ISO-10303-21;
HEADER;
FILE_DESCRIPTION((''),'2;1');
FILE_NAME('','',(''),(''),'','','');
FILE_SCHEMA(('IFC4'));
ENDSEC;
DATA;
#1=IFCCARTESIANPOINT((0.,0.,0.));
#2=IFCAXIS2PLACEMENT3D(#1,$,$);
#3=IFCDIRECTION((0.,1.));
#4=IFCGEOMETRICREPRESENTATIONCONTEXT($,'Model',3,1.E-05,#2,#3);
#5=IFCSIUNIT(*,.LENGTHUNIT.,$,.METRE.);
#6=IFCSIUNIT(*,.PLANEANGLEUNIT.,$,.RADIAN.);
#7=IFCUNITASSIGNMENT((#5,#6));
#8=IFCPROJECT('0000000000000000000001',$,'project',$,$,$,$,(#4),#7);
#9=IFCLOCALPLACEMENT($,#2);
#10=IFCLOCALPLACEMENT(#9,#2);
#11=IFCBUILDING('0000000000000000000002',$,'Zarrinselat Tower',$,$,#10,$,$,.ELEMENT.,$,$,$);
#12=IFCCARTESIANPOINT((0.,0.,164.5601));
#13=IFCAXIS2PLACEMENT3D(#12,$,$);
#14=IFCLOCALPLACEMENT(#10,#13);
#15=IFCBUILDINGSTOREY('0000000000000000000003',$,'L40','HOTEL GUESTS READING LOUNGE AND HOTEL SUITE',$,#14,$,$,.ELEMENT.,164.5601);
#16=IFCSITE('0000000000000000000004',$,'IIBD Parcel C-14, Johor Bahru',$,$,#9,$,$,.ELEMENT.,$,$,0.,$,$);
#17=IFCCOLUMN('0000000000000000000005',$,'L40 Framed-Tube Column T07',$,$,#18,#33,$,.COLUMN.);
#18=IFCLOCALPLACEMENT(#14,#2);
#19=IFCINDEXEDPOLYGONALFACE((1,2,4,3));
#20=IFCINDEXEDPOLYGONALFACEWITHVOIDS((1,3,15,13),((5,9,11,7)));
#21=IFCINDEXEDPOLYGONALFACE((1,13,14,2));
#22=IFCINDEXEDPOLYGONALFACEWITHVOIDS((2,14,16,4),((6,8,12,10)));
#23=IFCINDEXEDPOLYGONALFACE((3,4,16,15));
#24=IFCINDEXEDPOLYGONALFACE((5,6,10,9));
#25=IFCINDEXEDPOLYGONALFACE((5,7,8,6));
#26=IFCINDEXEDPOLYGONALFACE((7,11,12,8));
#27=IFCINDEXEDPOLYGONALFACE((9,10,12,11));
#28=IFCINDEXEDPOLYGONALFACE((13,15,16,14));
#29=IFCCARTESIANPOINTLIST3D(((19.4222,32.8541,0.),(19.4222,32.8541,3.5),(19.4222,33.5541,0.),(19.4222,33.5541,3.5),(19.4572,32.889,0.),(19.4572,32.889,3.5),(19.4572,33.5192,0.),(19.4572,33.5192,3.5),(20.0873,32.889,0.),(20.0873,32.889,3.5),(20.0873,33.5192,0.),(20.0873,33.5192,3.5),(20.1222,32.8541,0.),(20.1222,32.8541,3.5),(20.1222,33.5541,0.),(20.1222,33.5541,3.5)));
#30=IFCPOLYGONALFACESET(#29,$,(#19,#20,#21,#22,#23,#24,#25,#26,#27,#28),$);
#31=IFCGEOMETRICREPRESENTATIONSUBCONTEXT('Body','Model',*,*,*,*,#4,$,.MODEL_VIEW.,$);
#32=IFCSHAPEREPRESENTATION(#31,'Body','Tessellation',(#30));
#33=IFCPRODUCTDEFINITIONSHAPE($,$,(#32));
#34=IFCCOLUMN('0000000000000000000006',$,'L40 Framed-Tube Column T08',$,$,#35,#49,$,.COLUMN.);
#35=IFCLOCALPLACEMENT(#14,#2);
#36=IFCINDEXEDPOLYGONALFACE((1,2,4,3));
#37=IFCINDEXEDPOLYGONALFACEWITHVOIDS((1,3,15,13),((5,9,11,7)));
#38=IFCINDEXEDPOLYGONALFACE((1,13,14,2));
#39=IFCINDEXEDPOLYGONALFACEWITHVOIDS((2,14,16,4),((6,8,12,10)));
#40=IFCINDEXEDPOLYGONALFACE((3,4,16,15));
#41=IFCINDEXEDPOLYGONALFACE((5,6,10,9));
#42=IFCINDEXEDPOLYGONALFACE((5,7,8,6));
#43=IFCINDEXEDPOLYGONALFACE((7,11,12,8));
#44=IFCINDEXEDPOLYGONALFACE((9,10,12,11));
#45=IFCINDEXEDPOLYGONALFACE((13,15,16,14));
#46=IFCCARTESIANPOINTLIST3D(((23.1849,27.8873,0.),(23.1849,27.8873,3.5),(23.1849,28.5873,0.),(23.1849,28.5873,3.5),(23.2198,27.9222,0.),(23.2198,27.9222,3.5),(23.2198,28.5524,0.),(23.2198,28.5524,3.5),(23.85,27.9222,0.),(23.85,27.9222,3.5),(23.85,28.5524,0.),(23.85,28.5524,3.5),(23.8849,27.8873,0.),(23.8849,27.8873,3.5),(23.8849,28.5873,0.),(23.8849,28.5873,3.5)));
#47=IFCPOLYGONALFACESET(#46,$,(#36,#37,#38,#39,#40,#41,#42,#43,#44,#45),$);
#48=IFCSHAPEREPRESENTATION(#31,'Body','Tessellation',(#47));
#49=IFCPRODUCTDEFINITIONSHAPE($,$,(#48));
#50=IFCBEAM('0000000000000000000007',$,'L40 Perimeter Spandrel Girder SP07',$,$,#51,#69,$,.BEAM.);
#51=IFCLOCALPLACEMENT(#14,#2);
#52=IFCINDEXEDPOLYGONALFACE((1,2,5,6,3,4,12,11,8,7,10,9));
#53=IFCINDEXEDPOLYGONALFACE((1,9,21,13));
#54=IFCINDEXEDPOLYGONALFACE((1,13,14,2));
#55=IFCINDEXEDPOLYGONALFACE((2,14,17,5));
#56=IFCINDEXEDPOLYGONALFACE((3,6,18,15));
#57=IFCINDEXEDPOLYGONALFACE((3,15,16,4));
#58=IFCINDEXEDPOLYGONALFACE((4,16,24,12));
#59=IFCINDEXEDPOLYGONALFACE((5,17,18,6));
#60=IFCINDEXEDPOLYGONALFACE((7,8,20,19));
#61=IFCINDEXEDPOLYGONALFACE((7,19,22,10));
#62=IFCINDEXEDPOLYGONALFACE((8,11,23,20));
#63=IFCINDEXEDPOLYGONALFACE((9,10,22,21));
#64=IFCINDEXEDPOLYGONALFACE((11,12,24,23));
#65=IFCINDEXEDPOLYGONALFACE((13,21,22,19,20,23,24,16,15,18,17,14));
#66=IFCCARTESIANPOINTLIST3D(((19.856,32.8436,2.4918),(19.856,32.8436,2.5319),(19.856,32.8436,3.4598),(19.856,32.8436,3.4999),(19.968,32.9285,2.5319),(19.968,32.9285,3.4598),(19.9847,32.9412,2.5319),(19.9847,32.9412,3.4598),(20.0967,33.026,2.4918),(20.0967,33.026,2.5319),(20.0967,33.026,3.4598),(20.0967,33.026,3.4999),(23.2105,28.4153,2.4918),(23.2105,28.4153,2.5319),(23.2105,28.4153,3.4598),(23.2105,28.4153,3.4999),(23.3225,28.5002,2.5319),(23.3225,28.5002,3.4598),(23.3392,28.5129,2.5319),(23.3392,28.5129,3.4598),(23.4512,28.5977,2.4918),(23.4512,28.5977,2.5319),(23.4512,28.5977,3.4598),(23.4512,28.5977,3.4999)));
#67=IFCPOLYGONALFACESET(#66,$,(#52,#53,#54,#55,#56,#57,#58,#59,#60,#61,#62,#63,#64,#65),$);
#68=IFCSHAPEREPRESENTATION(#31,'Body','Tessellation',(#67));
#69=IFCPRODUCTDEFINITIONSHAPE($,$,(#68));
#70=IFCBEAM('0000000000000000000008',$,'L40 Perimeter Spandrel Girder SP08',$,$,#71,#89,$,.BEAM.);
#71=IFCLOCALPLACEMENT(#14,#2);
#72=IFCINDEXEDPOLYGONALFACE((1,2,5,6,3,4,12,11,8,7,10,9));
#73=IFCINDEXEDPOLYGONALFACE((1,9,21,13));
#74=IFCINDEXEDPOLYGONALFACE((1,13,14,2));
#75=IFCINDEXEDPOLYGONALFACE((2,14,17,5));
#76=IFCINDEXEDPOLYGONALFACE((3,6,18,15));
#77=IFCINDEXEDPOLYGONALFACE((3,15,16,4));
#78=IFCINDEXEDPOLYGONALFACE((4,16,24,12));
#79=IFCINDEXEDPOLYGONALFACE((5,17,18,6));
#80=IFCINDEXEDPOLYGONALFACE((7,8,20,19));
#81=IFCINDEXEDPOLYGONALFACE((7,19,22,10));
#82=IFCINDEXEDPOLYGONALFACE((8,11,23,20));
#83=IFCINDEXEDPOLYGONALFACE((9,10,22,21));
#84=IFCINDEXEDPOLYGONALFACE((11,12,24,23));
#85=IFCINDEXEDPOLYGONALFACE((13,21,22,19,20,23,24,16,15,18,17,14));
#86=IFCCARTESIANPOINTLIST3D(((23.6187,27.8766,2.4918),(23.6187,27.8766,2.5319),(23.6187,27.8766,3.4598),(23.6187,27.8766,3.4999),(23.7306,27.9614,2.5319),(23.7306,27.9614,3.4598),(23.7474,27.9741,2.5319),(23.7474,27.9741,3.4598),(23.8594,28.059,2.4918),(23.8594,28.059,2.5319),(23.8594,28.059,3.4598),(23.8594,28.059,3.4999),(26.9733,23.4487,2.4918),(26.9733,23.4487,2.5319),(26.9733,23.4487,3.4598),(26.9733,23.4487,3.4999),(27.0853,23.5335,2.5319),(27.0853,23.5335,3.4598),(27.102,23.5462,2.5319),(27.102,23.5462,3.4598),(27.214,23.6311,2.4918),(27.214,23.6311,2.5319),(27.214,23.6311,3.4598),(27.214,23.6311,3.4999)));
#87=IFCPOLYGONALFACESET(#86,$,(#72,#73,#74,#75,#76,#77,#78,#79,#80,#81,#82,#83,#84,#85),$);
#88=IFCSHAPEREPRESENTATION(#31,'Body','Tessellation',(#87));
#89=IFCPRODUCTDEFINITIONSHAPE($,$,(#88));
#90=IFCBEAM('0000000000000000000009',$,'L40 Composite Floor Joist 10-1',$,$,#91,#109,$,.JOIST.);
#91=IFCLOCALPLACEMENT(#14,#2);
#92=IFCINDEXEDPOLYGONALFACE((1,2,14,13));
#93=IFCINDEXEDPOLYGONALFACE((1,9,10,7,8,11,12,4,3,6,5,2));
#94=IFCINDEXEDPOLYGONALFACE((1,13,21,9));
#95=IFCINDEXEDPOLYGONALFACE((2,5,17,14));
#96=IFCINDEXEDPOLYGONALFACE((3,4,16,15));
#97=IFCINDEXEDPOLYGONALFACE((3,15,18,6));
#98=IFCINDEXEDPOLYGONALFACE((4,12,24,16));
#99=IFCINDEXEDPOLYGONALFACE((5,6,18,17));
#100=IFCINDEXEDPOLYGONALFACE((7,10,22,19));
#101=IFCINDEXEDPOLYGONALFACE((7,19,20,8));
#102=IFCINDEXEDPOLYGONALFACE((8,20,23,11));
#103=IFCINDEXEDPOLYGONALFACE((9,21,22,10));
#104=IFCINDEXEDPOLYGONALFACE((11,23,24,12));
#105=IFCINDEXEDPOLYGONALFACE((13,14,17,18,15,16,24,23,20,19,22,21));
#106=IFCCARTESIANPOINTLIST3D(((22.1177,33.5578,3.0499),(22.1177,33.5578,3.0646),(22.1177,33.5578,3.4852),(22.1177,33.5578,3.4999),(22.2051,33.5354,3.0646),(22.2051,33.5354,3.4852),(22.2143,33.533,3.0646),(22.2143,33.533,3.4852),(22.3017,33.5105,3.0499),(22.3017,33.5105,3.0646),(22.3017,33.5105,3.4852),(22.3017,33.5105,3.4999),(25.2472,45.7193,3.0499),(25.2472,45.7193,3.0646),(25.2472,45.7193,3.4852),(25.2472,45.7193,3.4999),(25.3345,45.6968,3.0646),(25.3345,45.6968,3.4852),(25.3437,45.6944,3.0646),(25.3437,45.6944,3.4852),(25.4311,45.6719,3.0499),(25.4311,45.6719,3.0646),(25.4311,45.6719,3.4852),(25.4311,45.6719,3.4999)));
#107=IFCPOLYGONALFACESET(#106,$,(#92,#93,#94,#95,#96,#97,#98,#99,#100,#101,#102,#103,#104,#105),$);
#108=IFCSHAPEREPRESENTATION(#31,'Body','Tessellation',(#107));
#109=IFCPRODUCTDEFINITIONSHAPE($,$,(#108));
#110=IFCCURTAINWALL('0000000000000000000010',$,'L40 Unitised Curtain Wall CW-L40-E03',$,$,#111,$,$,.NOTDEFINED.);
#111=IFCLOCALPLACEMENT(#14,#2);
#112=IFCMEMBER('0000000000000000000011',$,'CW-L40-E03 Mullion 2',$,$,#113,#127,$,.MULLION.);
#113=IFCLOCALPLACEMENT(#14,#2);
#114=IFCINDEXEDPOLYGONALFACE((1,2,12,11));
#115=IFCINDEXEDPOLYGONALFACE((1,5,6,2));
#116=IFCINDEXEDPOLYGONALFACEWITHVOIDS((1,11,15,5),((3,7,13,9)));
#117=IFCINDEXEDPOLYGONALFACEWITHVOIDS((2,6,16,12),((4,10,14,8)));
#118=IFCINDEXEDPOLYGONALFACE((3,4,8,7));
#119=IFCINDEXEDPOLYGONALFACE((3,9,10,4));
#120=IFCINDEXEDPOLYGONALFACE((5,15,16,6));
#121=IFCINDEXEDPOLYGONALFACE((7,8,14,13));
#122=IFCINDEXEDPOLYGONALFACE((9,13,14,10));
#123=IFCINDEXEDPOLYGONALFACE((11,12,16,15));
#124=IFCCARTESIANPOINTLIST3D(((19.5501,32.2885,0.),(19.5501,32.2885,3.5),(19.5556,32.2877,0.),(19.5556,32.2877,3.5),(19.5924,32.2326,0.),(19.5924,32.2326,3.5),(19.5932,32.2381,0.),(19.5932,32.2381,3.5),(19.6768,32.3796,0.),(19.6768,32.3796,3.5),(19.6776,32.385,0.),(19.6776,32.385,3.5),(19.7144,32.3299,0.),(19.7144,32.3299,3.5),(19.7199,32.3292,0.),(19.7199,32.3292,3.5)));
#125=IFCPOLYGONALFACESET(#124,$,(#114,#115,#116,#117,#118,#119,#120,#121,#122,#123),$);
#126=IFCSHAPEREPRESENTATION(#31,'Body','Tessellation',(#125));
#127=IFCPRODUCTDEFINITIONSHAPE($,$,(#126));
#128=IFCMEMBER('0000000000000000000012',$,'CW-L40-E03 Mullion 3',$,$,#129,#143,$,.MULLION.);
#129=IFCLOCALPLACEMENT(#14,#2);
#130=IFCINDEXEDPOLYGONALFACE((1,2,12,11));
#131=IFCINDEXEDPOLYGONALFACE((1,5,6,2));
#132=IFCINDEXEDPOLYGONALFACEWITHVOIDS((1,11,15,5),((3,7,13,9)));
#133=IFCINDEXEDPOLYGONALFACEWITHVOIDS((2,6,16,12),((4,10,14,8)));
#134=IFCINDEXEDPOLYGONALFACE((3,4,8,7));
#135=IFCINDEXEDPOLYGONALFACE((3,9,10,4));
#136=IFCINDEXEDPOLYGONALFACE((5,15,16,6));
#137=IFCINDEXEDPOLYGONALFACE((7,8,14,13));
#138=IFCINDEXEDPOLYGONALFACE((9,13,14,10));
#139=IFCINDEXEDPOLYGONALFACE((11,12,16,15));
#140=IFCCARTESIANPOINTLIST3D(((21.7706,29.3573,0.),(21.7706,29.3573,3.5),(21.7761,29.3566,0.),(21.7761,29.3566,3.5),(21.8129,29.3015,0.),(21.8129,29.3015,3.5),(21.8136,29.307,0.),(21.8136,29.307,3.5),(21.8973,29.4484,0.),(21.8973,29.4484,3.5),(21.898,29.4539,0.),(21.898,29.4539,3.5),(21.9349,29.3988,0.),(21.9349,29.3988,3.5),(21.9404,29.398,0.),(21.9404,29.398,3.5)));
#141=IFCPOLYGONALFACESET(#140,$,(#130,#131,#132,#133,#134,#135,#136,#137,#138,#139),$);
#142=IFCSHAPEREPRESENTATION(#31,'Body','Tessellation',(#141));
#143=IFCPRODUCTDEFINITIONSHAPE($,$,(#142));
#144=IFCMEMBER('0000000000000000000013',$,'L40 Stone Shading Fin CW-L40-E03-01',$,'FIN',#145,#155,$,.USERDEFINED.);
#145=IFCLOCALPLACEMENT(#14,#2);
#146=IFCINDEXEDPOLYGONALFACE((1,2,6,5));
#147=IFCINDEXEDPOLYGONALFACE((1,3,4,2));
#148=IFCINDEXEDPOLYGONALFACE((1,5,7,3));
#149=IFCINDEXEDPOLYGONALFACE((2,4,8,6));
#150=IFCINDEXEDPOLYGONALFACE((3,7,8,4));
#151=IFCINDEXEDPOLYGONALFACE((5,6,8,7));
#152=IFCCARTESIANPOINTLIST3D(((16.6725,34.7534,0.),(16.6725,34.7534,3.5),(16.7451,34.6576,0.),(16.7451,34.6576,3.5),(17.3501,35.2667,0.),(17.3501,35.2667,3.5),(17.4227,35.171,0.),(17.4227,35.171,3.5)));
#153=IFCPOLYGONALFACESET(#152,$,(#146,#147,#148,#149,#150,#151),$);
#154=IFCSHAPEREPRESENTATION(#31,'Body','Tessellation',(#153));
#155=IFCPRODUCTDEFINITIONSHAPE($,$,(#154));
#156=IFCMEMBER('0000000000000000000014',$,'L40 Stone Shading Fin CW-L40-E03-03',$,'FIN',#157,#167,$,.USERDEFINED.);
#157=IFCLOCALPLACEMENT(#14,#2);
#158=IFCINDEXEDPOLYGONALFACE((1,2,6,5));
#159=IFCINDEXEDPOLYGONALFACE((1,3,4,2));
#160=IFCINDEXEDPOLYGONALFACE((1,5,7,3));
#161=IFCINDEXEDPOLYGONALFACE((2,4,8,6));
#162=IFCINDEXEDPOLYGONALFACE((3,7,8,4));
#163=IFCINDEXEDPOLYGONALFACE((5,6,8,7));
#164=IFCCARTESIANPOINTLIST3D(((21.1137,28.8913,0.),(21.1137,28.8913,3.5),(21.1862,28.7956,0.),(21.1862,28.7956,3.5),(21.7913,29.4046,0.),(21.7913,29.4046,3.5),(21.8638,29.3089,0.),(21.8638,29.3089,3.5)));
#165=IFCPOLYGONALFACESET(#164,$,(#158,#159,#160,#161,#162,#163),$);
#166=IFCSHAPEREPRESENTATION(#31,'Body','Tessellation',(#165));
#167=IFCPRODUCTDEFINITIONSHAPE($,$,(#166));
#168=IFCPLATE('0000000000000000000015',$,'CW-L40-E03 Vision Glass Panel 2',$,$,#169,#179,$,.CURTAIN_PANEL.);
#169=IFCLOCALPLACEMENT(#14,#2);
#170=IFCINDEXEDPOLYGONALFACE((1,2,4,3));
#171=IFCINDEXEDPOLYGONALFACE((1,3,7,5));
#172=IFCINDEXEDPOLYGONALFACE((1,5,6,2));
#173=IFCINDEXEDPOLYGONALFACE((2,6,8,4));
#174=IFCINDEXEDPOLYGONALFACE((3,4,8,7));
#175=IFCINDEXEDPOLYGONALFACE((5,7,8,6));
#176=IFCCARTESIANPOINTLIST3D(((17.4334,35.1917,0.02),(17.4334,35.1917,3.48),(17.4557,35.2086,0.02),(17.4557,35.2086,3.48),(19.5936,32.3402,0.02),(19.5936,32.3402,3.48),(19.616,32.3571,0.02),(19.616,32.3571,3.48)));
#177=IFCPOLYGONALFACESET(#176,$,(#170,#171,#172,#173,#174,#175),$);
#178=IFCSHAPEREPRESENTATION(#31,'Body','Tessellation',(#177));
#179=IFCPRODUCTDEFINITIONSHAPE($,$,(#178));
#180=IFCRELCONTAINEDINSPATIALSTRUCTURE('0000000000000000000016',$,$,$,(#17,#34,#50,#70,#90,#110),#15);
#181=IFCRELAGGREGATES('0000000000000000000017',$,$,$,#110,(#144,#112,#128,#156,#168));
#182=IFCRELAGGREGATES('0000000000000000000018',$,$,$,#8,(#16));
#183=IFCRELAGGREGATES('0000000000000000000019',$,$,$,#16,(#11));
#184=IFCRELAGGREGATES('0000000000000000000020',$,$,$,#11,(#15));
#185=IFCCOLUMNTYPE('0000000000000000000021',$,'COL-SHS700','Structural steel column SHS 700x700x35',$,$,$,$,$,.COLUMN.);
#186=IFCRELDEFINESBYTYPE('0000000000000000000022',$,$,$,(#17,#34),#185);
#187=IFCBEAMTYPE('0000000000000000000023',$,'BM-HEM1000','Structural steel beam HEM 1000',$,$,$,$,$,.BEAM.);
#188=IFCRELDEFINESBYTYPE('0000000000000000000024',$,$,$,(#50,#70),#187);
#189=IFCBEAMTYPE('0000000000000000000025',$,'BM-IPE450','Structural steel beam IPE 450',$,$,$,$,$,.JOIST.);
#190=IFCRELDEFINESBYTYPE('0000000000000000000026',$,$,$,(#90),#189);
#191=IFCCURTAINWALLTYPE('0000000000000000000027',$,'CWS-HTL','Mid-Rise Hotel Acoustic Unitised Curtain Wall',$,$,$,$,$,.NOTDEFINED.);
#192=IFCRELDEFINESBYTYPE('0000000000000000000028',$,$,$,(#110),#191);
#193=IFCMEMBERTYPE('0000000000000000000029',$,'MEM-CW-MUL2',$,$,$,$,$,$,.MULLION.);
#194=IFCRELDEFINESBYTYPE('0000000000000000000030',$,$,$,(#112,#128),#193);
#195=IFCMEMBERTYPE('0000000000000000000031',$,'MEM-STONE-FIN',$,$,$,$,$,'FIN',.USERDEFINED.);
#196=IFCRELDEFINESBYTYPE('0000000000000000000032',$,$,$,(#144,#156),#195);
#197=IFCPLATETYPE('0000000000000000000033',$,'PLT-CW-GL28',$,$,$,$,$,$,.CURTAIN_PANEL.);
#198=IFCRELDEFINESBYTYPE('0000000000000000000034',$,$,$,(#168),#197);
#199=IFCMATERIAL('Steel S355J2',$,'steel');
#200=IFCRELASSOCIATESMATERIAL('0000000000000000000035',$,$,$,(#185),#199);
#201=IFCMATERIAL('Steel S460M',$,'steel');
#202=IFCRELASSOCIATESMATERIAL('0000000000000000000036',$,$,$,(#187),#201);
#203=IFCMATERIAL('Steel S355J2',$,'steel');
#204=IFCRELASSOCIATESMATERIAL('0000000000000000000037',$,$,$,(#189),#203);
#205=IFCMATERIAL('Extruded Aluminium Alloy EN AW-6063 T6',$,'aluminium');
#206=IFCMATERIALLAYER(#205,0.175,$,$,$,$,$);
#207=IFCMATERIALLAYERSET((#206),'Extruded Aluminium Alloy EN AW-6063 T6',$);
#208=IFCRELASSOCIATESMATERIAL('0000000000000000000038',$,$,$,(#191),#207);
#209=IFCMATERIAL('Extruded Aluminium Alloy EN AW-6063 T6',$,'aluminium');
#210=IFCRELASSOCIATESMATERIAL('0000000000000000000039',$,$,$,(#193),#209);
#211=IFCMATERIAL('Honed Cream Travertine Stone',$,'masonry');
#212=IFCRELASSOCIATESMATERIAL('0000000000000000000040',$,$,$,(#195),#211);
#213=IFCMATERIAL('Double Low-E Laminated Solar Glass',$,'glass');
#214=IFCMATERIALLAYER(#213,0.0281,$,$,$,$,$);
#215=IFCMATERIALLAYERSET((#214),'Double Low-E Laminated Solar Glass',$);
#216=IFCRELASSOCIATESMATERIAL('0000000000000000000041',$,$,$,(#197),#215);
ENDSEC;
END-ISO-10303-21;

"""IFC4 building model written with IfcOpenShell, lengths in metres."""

from ifc_helpers import new_model, si_unit, direction, frame, origin, origin_2d, place, context, subcontext, project, spatial, rectangle, hollow_rectangle, i_section, extrude, material, layer, layer_set, material_profile, profile_set, type_object, element, aggregate, save


model = new_model("IFC4")

# Units and contexts
model_context = context("Model", 3, precision=1e-05, world=origin(), true_north=direction((0.0, 1.0)))
body_context = subcontext(model_context, "Body", "Model", "MODEL_VIEW")
ifc_project = project(units=[si_unit("LENGTHUNIT", "METRE"), si_unit("PLANEANGLEUNIT", "RADIAN")], contexts=[model_context])

# Site, building, storey
site_placement = place(None, origin())
site = spatial("IfcSite", under=ifc_project, at=site_placement, Name="IIBD Parcel C-14, Johor Bahru", CompositionType="ELEMENT", RefElevation=0.0)
building_placement = place(site_placement, origin())
building = spatial("IfcBuilding", under=site, at=building_placement, Name="Zarrinselat Tower", CompositionType="ELEMENT")
storey_placement = place(building_placement, frame((0.0, 0.0, 164.5601)))
storey = spatial("IfcBuildingStorey", under=building, at=storey_placement, Name="L40", Description="HOTEL GUESTS READING LOUNGE AND HOTEL SUITE", CompositionType="ELEMENT", Elevation=164.5601)

# Columns
ifc_material_1 = material(Name="Steel S355J2", Category="steel")
ifc_material_profile_1 = material_profile(ifc_material_1, hollow_rectangle(XDim=0.7, YDim=0.7, WallThickness=0.0349, at=origin_2d()), Name="SHS 700x700x35")
ifc_profile_set_1 = profile_set([ifc_material_profile_1], Name="Steel S355J2")
column_type = type_object("IfcColumnType", Name="COL-SHS700", Description="Structural steel column SHS 700x700x35", PredefinedType="COLUMN", material=ifc_profile_set_1)
for number, where, z_axis, x_axis, name in (
    (1, (19.7722, 33.2041, 0.0), (0.0, 0.0, 1.0), (1.0, 0.0, 0.0), "L40 Framed-Tube Column T07"),
    (2, (23.5349, 28.2373, 0.0), (0.0, 0.0, 1.0), (1.0, 0.0, 0.0), "L40 Framed-Tube Column T08"),
):
    element("IfcColumn", number, at=place(storey_placement, frame(where, z_axis=z_axis, x_axis=x_axis)), inside=storey, type_object=column_type, Name=name, PredefinedType="COLUMN", context=body_context, shape_type="SweptSolid", body=[
        extrude(hollow_rectangle(XDim=0.7, YDim=0.7, WallThickness=0.0349, at=origin_2d()), origin(), (0.0, 0.0, 1.0), 3.5),
    ])

# Beams
ifc_material_2 = material(Name="Steel S460M", Category="steel")
ifc_material_profile_2 = material_profile(ifc_material_2, i_section(OverallWidth=0.302, OverallDepth=1.0081, WebThickness=0.021, FlangeThickness=0.04, at=origin_2d()), Name="HEM 1000")
ifc_profile_set_2 = profile_set([ifc_material_profile_2], Name="Steel S460M")
beam_type_1 = type_object("IfcBeamType", Name="BM-HEM1000", Description="Structural steel beam HEM 1000", PredefinedType="BEAM", material=ifc_profile_set_2)
beam_1_placement = place(storey_placement, frame((19.9763, 32.9348, 2.9958), z_axis=(0.603832, -0.797111, 0.0), x_axis=(0.797111, 0.603832, 0.0)))
element("IfcBeam", 3, at=beam_1_placement, inside=storey, type_object=beam_type_1, Name="L40 Perimeter Spandrel Girder SP07", PredefinedType="BEAM", context=body_context, shape_type="SweptSolid", body=[
    extrude(i_section(OverallWidth=0.302, OverallDepth=1.0081, WebThickness=0.021, FlangeThickness=0.04, at=origin_2d()), origin(), (0.0, 0.0, 1.0), 5.5554),
])
beam_2_placement = place(storey_placement, frame((23.739, 27.9678, 2.9958), z_axis=(0.603881, -0.797074, 0.0), x_axis=(0.797074, 0.603881, 0.0)))
element("IfcBeam", 4, at=beam_2_placement, inside=storey, type_object=beam_type_1, Name="L40 Perimeter Spandrel Girder SP08", PredefinedType="BEAM", context=body_context, shape_type="SweptSolid", body=[
    extrude(i_section(OverallWidth=0.302, OverallDepth=1.0081, WebThickness=0.021, FlangeThickness=0.04, at=origin_2d()), origin(), (0.0, 0.0, 1.0), 5.5552),
])
ifc_material_3 = material(Name="Steel S355J2", Category="steel")
ifc_material_profile_3 = material_profile(ifc_material_3, i_section(OverallWidth=0.1899, OverallDepth=0.45, WebThickness=0.0095, FlangeThickness=0.0146, at=origin_2d()), Name="IPE 450")
ifc_profile_set_3 = profile_set([ifc_material_profile_3], Name="Steel S355J2")
beam_type_2 = type_object("IfcBeamType", Name="BM-IPE450", Description="Structural steel beam IPE 450", PredefinedType="JOIST", material=ifc_profile_set_3)
beam_3_placement = place(storey_placement, frame((22.2097, 33.5342, 3.2749), z_axis=(0.249204, 0.968451, 0.0), x_axis=(-0.968451, 0.249204, 0.0)))
element("IfcBeam", 5, at=beam_3_placement, inside=storey, type_object=beam_type_2, Name="L40 Composite Floor Joist 10-1", PredefinedType="JOIST", context=body_context, shape_type="SweptSolid", body=[
    extrude(i_section(OverallWidth=0.1899, OverallDepth=0.45, WebThickness=0.0095, FlangeThickness=0.0146, at=origin_2d()), origin(), (0.0, 0.0, 1.0), 12.5576),
])

# Curtain wall, members, plate
ifc_material_4 = material(Name="Extruded Aluminium Alloy EN AW-6063 T6", Category="aluminium")
ifc_layer_1 = layer(ifc_material_4, 0.175)
ifc_layer_set_1 = layer_set([ifc_layer_1], Name="Extruded Aluminium Alloy EN AW-6063 T6")
curtain_wall_type = type_object("IfcCurtainWallType", Name="CWS-HTL", Description="Mid-Rise Hotel Acoustic Unitised Curtain Wall", PredefinedType="NOTDEFINED", material=ifc_layer_set_1)
curtain_wall_placement = place(storey_placement, origin())
curtain_wall = element("IfcCurtainWall", 6, at=curtain_wall_placement, inside=storey, type_object=curtain_wall_type, Name="L40 Unitised Curtain Wall CW-L40-E03", PredefinedType="NOTDEFINED")
ifc_material_5 = material(Name="Extruded Aluminium Alloy EN AW-6063 T6", Category="aluminium")
ifc_material_profile_4 = material_profile(ifc_material_5, hollow_rectangle(XDim=0.0701, YDim=0.1599, WallThickness=0.0039, at=origin_2d()), Name="RHS 160x70x4")
ifc_profile_set_4 = profile_set([ifc_material_profile_4], Name="Extruded Aluminium Alloy EN AW-6063 T6")
member_type_1 = type_object("IfcMemberType", Name="MEM-CW-MUL2", PredefinedType="MULLION", material=ifc_profile_set_4)
member_1_placement = place(storey_placement, frame((19.635, 32.3088, 0.0), z_axis=(0.0, 0.0, 1.0), x_axis=(0.603858, -0.797092, 0.0)))
member_1 = element("IfcMember", 7, at=member_1_placement, type_object=member_type_1, Name="CW-L40-E03 Mullion 2", PredefinedType="MULLION", context=body_context, shape_type="SweptSolid", body=[
    extrude(hollow_rectangle(XDim=0.0701, YDim=0.1599, WallThickness=0.0039, at=origin_2d()), origin(), (0.0, 0.0, 1.0), 3.5),
])
member_2_placement = place(storey_placement, frame((21.8555, 29.3777, 0.0), z_axis=(0.0, 0.0, 1.0), x_axis=(0.603858, -0.797092, 0.0)))
member_2 = element("IfcMember", 8, at=member_2_placement, type_object=member_type_1, Name="CW-L40-E03 Mullion 3", PredefinedType="MULLION", context=body_context, shape_type="SweptSolid", body=[
    extrude(hollow_rectangle(XDim=0.0701, YDim=0.1599, WallThickness=0.0039, at=origin_2d()), origin(), (0.0, 0.0, 1.0), 3.5),
])
ifc_material_6 = material(Name="Honed Cream Travertine Stone", Category="masonry")
ifc_material_profile_5 = material_profile(ifc_material_6, rectangle(XDim=0.1201, YDim=0.8501, at=origin_2d()), Name="FIN 850x120")
ifc_profile_set_5 = profile_set([ifc_material_profile_5], Name="Honed Cream Travertine Stone")
member_type_2 = type_object("IfcMemberType", Name="MEM-STONE-FIN", ElementType="FIN", PredefinedType="USERDEFINED", material=ifc_profile_set_5)
member_3_placement = place(storey_placement, frame((17.0476, 34.9622, 0.0), z_axis=(0.0, 0.0, 1.0), x_axis=(-0.603858, 0.797092, 0.0)))
member_3 = element("IfcMember", 9, at=member_3_placement, type_object=member_type_2, Name="L40 Stone Shading Fin CW-L40-E03-01", ObjectType="FIN", PredefinedType="USERDEFINED", context=body_context, shape_type="SweptSolid", body=[
    extrude(rectangle(XDim=0.1201, YDim=0.8501, at=origin_2d()), origin(), (0.0, 0.0, 1.0), 3.5),
])
member_4_placement = place(storey_placement, frame((21.4888, 29.1001, 0.0), z_axis=(0.0, 0.0, 1.0), x_axis=(-0.603858, 0.797092, 0.0)))
member_4 = element("IfcMember", 10, at=member_4_placement, type_object=member_type_2, Name="L40 Stone Shading Fin CW-L40-E03-03", ObjectType="FIN", PredefinedType="USERDEFINED", context=body_context, shape_type="SweptSolid", body=[
    extrude(rectangle(XDim=0.1201, YDim=0.8501, at=origin_2d()), origin(), (0.0, 0.0, 1.0), 3.5),
])
ifc_material_7 = material(Name="Double Low-E Laminated Solar Glass", Category="glass")
ifc_layer_2 = layer(ifc_material_7, 0.0281)
ifc_layer_set_2 = layer_set([ifc_layer_2], Name="Double Low-E Laminated Solar Glass")
plate_type = type_object("IfcPlateType", Name="PLT-CW-GL28", PredefinedType="CURTAIN_PANEL", material=ifc_layer_set_2)
plate_1_placement = place(storey_placement, frame((18.5247, 33.7744, 0.02), z_axis=(0.0, 0.0, 1.0), x_axis=(0.603858, -0.797092, 0.0)))
plate_1 = element("IfcPlate", 11, at=plate_1_placement, type_object=plate_type, Name="CW-L40-E03 Vision Glass Panel 2", PredefinedType="CURTAIN_PANEL", context=body_context, shape_type="SweptSolid", body=[
    extrude(rectangle(XDim=3.5774, YDim=0.0281, at=origin_2d()), origin(), (0.0, 0.0, 1.0), 3.46),
])
aggregate(curtain_wall, [member_3, member_1, member_2, member_4, plate_1])

save(model, "model.ifc")
